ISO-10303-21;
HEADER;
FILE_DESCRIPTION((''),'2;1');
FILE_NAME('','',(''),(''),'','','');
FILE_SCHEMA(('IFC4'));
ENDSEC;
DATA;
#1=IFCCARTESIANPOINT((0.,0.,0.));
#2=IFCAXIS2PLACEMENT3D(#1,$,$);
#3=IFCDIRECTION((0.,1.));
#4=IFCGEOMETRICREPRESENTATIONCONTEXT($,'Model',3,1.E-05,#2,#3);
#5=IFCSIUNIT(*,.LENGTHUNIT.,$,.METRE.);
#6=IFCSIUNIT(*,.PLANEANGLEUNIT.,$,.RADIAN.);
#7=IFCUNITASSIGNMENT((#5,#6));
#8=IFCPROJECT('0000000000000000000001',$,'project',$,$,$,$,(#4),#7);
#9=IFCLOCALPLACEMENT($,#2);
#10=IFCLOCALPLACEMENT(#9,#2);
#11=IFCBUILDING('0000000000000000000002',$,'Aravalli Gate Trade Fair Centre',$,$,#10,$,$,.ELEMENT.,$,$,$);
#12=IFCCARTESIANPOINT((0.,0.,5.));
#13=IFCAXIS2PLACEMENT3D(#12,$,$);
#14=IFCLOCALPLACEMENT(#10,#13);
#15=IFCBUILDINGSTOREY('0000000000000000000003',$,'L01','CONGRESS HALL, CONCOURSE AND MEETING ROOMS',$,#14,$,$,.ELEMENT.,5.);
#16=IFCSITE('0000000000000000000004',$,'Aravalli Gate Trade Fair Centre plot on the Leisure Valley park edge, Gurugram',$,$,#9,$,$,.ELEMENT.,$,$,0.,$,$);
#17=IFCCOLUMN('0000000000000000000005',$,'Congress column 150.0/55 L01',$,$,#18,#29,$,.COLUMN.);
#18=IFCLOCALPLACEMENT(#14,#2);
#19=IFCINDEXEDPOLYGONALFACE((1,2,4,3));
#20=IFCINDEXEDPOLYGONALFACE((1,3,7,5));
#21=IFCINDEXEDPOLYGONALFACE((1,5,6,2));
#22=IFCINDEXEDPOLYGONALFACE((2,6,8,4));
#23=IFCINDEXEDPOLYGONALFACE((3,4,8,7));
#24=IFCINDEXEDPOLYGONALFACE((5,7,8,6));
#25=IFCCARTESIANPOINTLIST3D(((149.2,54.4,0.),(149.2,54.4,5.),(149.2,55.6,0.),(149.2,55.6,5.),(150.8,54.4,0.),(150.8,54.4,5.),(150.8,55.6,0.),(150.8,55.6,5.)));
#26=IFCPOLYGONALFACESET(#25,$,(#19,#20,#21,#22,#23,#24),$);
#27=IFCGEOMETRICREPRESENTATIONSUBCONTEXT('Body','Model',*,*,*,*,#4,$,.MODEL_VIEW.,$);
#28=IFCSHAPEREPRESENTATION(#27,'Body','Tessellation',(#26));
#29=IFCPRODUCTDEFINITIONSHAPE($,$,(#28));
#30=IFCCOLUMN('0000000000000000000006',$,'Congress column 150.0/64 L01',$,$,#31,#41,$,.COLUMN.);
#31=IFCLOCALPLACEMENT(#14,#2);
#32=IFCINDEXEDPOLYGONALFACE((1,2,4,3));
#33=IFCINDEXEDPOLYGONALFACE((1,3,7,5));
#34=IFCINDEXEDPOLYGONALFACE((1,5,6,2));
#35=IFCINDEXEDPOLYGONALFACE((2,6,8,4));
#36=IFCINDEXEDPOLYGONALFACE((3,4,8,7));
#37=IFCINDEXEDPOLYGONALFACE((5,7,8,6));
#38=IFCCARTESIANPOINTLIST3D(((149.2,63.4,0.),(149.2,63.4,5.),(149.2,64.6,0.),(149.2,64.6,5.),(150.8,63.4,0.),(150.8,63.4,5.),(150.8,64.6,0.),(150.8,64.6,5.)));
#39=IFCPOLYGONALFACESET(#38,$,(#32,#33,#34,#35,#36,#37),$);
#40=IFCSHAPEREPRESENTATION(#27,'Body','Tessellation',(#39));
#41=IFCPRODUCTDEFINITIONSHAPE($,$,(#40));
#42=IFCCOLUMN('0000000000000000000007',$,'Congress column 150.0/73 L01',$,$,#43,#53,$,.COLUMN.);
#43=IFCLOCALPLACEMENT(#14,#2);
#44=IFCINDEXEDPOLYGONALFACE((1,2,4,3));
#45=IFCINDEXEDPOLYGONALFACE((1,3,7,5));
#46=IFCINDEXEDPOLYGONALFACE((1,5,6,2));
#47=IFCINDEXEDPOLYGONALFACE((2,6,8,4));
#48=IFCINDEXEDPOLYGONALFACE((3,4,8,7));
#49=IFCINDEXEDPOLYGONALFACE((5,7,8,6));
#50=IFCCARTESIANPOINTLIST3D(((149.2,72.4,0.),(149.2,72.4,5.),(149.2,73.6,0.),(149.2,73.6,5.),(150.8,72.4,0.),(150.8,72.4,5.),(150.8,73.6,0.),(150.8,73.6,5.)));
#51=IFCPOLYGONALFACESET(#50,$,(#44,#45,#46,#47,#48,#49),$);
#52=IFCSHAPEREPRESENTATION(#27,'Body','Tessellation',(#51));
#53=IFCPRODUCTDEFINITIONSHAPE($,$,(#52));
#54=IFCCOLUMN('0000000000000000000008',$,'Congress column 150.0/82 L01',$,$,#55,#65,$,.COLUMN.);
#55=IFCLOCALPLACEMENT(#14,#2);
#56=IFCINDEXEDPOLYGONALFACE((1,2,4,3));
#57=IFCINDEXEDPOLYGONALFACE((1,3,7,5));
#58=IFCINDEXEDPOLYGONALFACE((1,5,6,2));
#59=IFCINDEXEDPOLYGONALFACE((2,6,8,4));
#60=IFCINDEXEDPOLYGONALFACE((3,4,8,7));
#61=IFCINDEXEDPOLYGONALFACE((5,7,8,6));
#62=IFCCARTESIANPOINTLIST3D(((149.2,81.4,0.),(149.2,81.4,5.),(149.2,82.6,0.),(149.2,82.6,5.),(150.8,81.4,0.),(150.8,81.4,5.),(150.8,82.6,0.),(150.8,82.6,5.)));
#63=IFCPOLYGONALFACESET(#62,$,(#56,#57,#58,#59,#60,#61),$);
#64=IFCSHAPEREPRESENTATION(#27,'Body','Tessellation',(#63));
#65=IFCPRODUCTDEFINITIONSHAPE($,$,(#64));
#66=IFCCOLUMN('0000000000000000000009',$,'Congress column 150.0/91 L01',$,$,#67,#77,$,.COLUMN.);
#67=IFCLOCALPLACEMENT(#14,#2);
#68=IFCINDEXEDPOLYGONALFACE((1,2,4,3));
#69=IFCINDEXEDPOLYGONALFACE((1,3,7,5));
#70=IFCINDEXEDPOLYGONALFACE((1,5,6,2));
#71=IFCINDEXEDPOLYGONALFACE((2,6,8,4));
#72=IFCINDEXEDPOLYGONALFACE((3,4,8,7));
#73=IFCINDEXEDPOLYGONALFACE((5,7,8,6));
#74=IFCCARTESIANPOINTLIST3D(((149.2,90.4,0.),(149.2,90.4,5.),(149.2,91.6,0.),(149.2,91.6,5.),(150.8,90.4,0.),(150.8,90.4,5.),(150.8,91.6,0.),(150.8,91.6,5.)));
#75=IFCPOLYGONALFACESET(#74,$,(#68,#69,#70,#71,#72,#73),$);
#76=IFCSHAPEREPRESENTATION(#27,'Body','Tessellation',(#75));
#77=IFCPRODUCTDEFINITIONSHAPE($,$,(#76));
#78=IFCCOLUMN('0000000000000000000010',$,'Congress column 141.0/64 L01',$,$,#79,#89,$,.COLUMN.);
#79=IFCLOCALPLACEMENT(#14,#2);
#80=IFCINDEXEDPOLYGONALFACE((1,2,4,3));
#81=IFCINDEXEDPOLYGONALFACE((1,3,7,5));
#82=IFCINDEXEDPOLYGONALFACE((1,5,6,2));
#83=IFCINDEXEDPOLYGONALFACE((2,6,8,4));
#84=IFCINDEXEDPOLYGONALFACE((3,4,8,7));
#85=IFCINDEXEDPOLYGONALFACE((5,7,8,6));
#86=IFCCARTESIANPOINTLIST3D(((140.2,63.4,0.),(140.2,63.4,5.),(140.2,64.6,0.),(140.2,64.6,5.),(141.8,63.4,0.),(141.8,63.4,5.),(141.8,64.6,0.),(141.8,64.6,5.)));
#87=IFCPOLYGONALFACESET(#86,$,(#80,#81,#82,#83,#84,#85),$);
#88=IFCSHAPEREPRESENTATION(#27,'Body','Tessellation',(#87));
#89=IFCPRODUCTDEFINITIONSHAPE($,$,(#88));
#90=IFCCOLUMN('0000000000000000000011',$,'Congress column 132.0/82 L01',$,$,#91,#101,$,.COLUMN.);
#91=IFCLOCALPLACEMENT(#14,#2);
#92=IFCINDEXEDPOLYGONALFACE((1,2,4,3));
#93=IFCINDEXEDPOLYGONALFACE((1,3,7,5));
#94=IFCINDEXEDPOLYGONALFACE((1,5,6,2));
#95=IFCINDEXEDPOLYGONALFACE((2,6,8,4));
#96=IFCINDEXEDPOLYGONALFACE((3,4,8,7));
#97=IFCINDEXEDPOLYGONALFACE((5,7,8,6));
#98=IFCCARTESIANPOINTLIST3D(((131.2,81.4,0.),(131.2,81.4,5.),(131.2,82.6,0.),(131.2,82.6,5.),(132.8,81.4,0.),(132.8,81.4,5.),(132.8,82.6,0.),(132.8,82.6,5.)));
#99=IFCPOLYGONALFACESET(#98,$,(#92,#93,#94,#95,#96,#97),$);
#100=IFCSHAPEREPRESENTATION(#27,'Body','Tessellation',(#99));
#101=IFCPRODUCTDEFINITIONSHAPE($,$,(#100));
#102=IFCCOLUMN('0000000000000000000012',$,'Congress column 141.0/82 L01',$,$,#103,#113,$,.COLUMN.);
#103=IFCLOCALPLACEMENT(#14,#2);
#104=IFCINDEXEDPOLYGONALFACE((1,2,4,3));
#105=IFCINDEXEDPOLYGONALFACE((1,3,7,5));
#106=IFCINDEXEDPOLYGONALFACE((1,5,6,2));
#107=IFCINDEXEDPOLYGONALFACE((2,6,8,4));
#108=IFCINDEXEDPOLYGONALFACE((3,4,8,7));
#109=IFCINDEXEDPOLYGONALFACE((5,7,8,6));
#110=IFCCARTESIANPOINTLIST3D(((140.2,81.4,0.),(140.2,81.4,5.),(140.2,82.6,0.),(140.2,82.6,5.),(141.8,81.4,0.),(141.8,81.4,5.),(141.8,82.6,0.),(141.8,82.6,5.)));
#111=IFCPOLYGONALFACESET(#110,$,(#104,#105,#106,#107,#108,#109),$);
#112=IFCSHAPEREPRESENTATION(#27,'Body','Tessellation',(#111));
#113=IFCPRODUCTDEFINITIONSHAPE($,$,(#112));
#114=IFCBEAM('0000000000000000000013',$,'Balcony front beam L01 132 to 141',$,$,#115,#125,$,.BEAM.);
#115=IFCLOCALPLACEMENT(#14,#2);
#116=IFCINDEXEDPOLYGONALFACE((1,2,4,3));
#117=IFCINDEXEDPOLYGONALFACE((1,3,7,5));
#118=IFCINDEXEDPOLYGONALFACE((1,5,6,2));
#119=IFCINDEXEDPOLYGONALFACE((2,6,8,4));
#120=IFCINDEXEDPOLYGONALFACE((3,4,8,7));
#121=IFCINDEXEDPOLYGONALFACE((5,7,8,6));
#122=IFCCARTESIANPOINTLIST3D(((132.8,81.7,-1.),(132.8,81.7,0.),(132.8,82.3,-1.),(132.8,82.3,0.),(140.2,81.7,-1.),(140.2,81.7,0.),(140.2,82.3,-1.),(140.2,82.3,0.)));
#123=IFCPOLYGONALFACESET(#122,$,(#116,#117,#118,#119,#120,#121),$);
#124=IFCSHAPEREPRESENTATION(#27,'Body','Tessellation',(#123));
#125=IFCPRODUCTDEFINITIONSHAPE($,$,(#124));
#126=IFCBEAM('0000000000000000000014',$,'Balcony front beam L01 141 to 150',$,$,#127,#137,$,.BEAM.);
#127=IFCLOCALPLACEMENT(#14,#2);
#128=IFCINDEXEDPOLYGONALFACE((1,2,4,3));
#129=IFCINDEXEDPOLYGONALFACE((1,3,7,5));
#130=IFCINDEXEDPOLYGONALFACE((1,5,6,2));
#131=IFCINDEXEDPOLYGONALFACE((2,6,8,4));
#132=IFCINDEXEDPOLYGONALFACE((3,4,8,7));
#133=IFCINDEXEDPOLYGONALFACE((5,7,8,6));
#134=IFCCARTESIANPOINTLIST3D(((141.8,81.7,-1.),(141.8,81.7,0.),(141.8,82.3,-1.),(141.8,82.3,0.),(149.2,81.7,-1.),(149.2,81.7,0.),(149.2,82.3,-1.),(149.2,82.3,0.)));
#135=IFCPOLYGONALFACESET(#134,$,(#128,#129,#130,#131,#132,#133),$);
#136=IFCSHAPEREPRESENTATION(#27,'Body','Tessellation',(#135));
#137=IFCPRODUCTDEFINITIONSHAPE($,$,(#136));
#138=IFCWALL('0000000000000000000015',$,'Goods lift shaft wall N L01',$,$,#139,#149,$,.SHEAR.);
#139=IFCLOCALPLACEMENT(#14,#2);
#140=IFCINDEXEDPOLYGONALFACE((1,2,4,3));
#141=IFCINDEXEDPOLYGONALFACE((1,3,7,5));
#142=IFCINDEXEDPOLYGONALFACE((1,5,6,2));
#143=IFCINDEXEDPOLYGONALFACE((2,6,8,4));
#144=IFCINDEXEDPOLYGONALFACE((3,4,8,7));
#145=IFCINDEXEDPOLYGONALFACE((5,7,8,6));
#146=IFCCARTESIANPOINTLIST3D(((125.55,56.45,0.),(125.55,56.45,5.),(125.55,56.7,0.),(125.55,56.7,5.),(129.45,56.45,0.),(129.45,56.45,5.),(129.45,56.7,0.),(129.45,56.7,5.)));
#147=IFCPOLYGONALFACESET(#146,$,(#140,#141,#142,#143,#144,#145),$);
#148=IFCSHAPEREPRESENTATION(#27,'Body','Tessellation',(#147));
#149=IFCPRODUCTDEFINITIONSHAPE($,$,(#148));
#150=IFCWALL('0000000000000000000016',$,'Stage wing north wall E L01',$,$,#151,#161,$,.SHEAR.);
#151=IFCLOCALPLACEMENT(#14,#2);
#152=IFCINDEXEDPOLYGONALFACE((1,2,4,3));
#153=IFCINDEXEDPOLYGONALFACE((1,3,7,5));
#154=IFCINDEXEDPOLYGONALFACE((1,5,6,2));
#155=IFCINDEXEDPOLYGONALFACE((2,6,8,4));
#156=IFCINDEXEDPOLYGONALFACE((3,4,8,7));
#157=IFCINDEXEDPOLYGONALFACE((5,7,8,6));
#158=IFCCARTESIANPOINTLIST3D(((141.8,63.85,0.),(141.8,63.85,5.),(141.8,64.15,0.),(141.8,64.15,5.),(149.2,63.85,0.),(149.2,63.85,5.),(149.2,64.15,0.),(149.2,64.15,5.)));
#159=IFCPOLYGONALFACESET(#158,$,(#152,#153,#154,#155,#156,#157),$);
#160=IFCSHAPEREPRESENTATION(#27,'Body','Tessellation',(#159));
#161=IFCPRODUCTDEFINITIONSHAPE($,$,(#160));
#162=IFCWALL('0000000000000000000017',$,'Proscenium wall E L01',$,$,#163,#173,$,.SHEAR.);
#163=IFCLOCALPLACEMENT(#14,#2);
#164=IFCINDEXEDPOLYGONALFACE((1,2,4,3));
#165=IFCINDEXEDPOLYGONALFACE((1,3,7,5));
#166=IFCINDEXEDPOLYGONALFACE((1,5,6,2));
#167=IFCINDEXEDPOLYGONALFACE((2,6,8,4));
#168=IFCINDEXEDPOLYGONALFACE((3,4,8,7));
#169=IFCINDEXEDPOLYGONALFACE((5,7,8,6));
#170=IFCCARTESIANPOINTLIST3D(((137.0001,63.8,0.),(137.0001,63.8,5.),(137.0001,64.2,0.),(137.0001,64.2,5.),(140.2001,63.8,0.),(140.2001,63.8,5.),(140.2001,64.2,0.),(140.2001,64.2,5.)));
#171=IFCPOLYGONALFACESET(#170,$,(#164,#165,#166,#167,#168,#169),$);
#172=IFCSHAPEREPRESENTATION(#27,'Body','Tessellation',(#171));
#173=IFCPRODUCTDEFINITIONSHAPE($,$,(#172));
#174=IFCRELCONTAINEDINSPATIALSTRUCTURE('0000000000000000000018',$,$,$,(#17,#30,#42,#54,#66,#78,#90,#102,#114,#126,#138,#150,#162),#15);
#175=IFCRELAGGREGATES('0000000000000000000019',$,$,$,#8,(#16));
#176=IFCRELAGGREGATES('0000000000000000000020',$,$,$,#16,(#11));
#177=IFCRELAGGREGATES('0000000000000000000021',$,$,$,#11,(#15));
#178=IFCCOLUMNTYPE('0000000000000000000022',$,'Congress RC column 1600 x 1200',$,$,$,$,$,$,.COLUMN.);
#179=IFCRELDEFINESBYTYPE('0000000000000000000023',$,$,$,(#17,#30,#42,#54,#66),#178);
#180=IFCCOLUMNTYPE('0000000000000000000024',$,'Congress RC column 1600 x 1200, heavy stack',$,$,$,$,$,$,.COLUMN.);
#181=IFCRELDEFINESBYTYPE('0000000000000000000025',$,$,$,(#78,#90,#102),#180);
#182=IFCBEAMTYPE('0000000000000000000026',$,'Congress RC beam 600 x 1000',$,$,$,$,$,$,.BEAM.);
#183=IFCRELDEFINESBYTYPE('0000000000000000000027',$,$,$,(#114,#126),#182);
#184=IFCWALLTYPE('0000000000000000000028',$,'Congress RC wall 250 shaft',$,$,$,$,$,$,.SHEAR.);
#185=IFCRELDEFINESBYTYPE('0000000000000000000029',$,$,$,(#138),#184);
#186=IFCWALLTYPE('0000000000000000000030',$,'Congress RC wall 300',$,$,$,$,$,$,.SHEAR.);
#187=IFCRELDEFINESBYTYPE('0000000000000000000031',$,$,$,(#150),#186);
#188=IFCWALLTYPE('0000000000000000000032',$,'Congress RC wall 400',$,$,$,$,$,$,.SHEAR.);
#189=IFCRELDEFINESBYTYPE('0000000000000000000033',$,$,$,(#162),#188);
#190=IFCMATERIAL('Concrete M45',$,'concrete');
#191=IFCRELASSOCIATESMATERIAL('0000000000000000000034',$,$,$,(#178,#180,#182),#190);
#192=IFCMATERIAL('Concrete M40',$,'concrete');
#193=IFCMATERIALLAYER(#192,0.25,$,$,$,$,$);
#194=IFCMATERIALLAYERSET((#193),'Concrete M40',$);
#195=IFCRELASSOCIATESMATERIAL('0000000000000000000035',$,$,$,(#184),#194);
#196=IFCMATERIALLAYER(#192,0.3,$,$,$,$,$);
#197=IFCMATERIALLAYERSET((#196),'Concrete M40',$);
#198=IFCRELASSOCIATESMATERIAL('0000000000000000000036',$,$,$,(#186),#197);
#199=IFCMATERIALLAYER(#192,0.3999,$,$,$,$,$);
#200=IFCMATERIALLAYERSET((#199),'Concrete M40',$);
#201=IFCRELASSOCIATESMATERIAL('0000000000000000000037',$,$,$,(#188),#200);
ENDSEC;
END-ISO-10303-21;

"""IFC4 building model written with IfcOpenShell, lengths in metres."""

from ifc_helpers import new_model, si_unit, direction, frame, frame_2d, origin, origin_2d, place, context, subcontext, project, spatial, rectangle, extrude, material, layer, layer_set, material_profile, profile_set, type_object, element, save


model = new_model("IFC4")

# Units and contexts
model_context = context("Model", 3, precision=1e-05, world=origin(), true_north=direction((0.0, 1.0)))
body_context = subcontext(model_context, "Body", "Model", "MODEL_VIEW")
ifc_project = project(units=[si_unit("LENGTHUNIT", "METRE"), si_unit("PLANEANGLEUNIT", "RADIAN")], contexts=[model_context])

# Site, building, storey
site_placement = place(None, origin())
site = spatial("IfcSite", under=ifc_project, at=site_placement, Name="Aravalli Gate Trade Fair Centre plot on the Leisure Valley park edge, Gurugram", CompositionType="ELEMENT", RefElevation=0.0)
building_placement = place(site_placement, origin())
building = spatial("IfcBuilding", under=site, at=building_placement, Name="Aravalli Gate Trade Fair Centre", CompositionType="ELEMENT")
storey_placement = place(building_placement, frame((0.0, 0.0, 5.0)))
storey = spatial("IfcBuildingStorey", under=building, at=storey_placement, Name="L01", Description="CONGRESS HALL, CONCOURSE AND MEETING ROOMS", CompositionType="ELEMENT", Elevation=5.0)

# Columns
ifc_material_1 = material(Name="Concrete M45", Category="concrete")
ifc_material_profile_1 = material_profile(ifc_material_1, rectangle(XDim=1.6001, YDim=1.2, at=origin_2d()), Name="RC 1600x1200")
ifc_profile_set_1 = profile_set([ifc_material_profile_1], Name="Concrete M45")
column_type_1 = type_object("IfcColumnType", Name="Congress RC column 1600 x 1200", PredefinedType="COLUMN", material=ifc_profile_set_1)
for number, where, z_axis, x_axis, name in (
    (1, (150.0, 55.0, 0.0), (0.0, 0.0, 1.0), (1.0, 0.0, 0.0), "Congress column 150.0/55 L01"),
    (2, (150.0, 64.0, 0.0), (0.0, 0.0, 1.0), (1.0, 0.0, 0.0), "Congress column 150.0/64 L01"),
    (3, (150.0, 73.0, 0.0), (0.0, 0.0, 1.0), (1.0, 0.0, 0.0), "Congress column 150.0/73 L01"),
    (4, (150.0, 82.0, 0.0), (0.0, 0.0, 1.0), (1.0, 0.0, 0.0), "Congress column 150.0/82 L01"),
    (5, (150.0, 91.0, 0.0), (0.0, 0.0, 1.0), (1.0, 0.0, 0.0), "Congress column 150.0/91 L01"),
):
    element("IfcColumn", number, at=place(storey_placement, frame(where, z_axis=z_axis, x_axis=x_axis)), inside=storey, type_object=column_type_1, Name=name, PredefinedType="COLUMN", context=body_context, shape_type="SweptSolid", body=[
        extrude(rectangle(XDim=1.6001, YDim=1.2, at=origin_2d()), origin(), (0.0, 0.0, 1.0), 5.0),
    ])
ifc_material_profile_2 = material_profile(ifc_material_1, rectangle(XDim=1.6001, YDim=1.2, at=origin_2d()), Name="RC 1600x1200")
ifc_profile_set_2 = profile_set([ifc_material_profile_2], Name="Concrete M45")
column_type_2 = type_object("IfcColumnType", Name="Congress RC column 1600 x 1200, heavy stack", PredefinedType="COLUMN", material=ifc_profile_set_2)
for number, where, z_axis, x_axis, name in (
    (6, (141.0, 64.0, 0.0), (0.0, 0.0, 1.0), (1.0, 0.0, 0.0), "Congress column 141.0/64 L01"),
    (7, (132.0, 82.0, 0.0), (0.0, 0.0, 1.0), (1.0, 0.0, 0.0), "Congress column 132.0/82 L01"),
    (8, (141.0, 82.0, 0.0), (0.0, 0.0, 1.0), (1.0, 0.0, 0.0), "Congress column 141.0/82 L01"),
):
    element("IfcColumn", number, at=place(storey_placement, frame(where, z_axis=z_axis, x_axis=x_axis)), inside=storey, type_object=column_type_2, Name=name, PredefinedType="COLUMN", context=body_context, shape_type="SweptSolid", body=[
        extrude(rectangle(XDim=1.6001, YDim=1.2, at=origin_2d()), origin(), (0.0, 0.0, 1.0), 5.0),
    ])

# Beams
ifc_material_profile_3 = material_profile(ifc_material_1, rectangle(XDim=0.6001, YDim=1.0, at=origin_2d()), Name="RC 600x1000")
ifc_profile_set_3 = profile_set([ifc_material_profile_3], Name="Concrete M45")
beam_type = type_object("IfcBeamType", Name="Congress RC beam 600 x 1000", PredefinedType="BEAM", material=ifc_profile_set_3)
for number, where, z_axis, x_axis, name in (
    (9, (132.8, 82.0, -0.5), (1.0, 0.0, 0.0), (0.0, 1.0, 0.0), "Balcony front beam L01 132 to 141"),
    (10, (141.8, 82.0, -0.5), (1.0, 0.0, 0.0), (0.0, 1.0, 0.0), "Balcony front beam L01 141 to 150"),
):
    element("IfcBeam", number, at=place(storey_placement, frame(where, z_axis=z_axis, x_axis=x_axis)), inside=storey, type_object=beam_type, Name=name, PredefinedType="BEAM", context=body_context, shape_type="SweptSolid", body=[
        extrude(rectangle(XDim=0.6001, YDim=1.0, at=origin_2d()), origin(), (0.0, 0.0, 1.0), 7.3999),
    ])

# Walls
ifc_material_2 = material(Name="Concrete M40", Category="concrete")
ifc_layer_1 = layer(ifc_material_2, 0.25)
ifc_layer_set_1 = layer_set([ifc_layer_1], Name="Concrete M40")
wall_type_1 = type_object("IfcWallType", Name="Congress RC wall 250 shaft", PredefinedType="SHEAR", material=ifc_layer_set_1)
wall_1_placement = place(storey_placement, frame((125.55, 56.575, 0.0), z_axis=(0.0, 0.0, 1.0), x_axis=(1.0, 0.0, 0.0)))
element("IfcWall", 11, at=wall_1_placement, inside=storey, type_object=wall_type_1, Name="Goods lift shaft wall N L01", PredefinedType="SHEAR", context=body_context, shape_type="SweptSolid", body=[
    extrude(rectangle(XDim=3.8999, YDim=0.25, at=frame_2d((1.95, 0.0))), origin(), (0.0, 0.0, 1.0), 5.0),
])
ifc_layer_2 = layer(ifc_material_2, 0.3)
ifc_layer_set_2 = layer_set([ifc_layer_2], Name="Concrete M40")
wall_type_2 = type_object("IfcWallType", Name="Congress RC wall 300", PredefinedType="SHEAR", material=ifc_layer_set_2)
wall_2_placement = place(storey_placement, frame((141.8, 64.0, 0.0), z_axis=(0.0, 0.0, 1.0), x_axis=(1.0, 0.0, 0.0)))
element("IfcWall", 12, at=wall_2_placement, inside=storey, type_object=wall_type_2, Name="Stage wing north wall E L01", PredefinedType="SHEAR", context=body_context, shape_type="SweptSolid", body=[
    extrude(rectangle(XDim=7.3999, YDim=0.3, at=frame_2d((3.7, 0.0))), origin(), (0.0, 0.0, 1.0), 5.0),
])
ifc_layer_3 = layer(ifc_material_2, 0.3999)
ifc_layer_set_3 = layer_set([ifc_layer_3], Name="Concrete M40")
wall_type_3 = type_object("IfcWallType", Name="Congress RC wall 400", PredefinedType="SHEAR", material=ifc_layer_set_3)
wall_3_placement = place(storey_placement, frame((137.0, 64.0, 0.0), z_axis=(0.0, 0.0, 1.0), x_axis=(1.0, 0.0, 0.0)))
element("IfcWall", 13, at=wall_3_placement, inside=storey, type_object=wall_type_3, Name="Proscenium wall E L01", PredefinedType="SHEAR", context=body_context, shape_type="SweptSolid", body=[
    extrude(rectangle(XDim=3.2, YDim=0.3999, at=frame_2d((1.6001, 0.0))), origin(), (0.0, 0.0, 1.0), 5.0),
])

save(model, "model.ifc")
